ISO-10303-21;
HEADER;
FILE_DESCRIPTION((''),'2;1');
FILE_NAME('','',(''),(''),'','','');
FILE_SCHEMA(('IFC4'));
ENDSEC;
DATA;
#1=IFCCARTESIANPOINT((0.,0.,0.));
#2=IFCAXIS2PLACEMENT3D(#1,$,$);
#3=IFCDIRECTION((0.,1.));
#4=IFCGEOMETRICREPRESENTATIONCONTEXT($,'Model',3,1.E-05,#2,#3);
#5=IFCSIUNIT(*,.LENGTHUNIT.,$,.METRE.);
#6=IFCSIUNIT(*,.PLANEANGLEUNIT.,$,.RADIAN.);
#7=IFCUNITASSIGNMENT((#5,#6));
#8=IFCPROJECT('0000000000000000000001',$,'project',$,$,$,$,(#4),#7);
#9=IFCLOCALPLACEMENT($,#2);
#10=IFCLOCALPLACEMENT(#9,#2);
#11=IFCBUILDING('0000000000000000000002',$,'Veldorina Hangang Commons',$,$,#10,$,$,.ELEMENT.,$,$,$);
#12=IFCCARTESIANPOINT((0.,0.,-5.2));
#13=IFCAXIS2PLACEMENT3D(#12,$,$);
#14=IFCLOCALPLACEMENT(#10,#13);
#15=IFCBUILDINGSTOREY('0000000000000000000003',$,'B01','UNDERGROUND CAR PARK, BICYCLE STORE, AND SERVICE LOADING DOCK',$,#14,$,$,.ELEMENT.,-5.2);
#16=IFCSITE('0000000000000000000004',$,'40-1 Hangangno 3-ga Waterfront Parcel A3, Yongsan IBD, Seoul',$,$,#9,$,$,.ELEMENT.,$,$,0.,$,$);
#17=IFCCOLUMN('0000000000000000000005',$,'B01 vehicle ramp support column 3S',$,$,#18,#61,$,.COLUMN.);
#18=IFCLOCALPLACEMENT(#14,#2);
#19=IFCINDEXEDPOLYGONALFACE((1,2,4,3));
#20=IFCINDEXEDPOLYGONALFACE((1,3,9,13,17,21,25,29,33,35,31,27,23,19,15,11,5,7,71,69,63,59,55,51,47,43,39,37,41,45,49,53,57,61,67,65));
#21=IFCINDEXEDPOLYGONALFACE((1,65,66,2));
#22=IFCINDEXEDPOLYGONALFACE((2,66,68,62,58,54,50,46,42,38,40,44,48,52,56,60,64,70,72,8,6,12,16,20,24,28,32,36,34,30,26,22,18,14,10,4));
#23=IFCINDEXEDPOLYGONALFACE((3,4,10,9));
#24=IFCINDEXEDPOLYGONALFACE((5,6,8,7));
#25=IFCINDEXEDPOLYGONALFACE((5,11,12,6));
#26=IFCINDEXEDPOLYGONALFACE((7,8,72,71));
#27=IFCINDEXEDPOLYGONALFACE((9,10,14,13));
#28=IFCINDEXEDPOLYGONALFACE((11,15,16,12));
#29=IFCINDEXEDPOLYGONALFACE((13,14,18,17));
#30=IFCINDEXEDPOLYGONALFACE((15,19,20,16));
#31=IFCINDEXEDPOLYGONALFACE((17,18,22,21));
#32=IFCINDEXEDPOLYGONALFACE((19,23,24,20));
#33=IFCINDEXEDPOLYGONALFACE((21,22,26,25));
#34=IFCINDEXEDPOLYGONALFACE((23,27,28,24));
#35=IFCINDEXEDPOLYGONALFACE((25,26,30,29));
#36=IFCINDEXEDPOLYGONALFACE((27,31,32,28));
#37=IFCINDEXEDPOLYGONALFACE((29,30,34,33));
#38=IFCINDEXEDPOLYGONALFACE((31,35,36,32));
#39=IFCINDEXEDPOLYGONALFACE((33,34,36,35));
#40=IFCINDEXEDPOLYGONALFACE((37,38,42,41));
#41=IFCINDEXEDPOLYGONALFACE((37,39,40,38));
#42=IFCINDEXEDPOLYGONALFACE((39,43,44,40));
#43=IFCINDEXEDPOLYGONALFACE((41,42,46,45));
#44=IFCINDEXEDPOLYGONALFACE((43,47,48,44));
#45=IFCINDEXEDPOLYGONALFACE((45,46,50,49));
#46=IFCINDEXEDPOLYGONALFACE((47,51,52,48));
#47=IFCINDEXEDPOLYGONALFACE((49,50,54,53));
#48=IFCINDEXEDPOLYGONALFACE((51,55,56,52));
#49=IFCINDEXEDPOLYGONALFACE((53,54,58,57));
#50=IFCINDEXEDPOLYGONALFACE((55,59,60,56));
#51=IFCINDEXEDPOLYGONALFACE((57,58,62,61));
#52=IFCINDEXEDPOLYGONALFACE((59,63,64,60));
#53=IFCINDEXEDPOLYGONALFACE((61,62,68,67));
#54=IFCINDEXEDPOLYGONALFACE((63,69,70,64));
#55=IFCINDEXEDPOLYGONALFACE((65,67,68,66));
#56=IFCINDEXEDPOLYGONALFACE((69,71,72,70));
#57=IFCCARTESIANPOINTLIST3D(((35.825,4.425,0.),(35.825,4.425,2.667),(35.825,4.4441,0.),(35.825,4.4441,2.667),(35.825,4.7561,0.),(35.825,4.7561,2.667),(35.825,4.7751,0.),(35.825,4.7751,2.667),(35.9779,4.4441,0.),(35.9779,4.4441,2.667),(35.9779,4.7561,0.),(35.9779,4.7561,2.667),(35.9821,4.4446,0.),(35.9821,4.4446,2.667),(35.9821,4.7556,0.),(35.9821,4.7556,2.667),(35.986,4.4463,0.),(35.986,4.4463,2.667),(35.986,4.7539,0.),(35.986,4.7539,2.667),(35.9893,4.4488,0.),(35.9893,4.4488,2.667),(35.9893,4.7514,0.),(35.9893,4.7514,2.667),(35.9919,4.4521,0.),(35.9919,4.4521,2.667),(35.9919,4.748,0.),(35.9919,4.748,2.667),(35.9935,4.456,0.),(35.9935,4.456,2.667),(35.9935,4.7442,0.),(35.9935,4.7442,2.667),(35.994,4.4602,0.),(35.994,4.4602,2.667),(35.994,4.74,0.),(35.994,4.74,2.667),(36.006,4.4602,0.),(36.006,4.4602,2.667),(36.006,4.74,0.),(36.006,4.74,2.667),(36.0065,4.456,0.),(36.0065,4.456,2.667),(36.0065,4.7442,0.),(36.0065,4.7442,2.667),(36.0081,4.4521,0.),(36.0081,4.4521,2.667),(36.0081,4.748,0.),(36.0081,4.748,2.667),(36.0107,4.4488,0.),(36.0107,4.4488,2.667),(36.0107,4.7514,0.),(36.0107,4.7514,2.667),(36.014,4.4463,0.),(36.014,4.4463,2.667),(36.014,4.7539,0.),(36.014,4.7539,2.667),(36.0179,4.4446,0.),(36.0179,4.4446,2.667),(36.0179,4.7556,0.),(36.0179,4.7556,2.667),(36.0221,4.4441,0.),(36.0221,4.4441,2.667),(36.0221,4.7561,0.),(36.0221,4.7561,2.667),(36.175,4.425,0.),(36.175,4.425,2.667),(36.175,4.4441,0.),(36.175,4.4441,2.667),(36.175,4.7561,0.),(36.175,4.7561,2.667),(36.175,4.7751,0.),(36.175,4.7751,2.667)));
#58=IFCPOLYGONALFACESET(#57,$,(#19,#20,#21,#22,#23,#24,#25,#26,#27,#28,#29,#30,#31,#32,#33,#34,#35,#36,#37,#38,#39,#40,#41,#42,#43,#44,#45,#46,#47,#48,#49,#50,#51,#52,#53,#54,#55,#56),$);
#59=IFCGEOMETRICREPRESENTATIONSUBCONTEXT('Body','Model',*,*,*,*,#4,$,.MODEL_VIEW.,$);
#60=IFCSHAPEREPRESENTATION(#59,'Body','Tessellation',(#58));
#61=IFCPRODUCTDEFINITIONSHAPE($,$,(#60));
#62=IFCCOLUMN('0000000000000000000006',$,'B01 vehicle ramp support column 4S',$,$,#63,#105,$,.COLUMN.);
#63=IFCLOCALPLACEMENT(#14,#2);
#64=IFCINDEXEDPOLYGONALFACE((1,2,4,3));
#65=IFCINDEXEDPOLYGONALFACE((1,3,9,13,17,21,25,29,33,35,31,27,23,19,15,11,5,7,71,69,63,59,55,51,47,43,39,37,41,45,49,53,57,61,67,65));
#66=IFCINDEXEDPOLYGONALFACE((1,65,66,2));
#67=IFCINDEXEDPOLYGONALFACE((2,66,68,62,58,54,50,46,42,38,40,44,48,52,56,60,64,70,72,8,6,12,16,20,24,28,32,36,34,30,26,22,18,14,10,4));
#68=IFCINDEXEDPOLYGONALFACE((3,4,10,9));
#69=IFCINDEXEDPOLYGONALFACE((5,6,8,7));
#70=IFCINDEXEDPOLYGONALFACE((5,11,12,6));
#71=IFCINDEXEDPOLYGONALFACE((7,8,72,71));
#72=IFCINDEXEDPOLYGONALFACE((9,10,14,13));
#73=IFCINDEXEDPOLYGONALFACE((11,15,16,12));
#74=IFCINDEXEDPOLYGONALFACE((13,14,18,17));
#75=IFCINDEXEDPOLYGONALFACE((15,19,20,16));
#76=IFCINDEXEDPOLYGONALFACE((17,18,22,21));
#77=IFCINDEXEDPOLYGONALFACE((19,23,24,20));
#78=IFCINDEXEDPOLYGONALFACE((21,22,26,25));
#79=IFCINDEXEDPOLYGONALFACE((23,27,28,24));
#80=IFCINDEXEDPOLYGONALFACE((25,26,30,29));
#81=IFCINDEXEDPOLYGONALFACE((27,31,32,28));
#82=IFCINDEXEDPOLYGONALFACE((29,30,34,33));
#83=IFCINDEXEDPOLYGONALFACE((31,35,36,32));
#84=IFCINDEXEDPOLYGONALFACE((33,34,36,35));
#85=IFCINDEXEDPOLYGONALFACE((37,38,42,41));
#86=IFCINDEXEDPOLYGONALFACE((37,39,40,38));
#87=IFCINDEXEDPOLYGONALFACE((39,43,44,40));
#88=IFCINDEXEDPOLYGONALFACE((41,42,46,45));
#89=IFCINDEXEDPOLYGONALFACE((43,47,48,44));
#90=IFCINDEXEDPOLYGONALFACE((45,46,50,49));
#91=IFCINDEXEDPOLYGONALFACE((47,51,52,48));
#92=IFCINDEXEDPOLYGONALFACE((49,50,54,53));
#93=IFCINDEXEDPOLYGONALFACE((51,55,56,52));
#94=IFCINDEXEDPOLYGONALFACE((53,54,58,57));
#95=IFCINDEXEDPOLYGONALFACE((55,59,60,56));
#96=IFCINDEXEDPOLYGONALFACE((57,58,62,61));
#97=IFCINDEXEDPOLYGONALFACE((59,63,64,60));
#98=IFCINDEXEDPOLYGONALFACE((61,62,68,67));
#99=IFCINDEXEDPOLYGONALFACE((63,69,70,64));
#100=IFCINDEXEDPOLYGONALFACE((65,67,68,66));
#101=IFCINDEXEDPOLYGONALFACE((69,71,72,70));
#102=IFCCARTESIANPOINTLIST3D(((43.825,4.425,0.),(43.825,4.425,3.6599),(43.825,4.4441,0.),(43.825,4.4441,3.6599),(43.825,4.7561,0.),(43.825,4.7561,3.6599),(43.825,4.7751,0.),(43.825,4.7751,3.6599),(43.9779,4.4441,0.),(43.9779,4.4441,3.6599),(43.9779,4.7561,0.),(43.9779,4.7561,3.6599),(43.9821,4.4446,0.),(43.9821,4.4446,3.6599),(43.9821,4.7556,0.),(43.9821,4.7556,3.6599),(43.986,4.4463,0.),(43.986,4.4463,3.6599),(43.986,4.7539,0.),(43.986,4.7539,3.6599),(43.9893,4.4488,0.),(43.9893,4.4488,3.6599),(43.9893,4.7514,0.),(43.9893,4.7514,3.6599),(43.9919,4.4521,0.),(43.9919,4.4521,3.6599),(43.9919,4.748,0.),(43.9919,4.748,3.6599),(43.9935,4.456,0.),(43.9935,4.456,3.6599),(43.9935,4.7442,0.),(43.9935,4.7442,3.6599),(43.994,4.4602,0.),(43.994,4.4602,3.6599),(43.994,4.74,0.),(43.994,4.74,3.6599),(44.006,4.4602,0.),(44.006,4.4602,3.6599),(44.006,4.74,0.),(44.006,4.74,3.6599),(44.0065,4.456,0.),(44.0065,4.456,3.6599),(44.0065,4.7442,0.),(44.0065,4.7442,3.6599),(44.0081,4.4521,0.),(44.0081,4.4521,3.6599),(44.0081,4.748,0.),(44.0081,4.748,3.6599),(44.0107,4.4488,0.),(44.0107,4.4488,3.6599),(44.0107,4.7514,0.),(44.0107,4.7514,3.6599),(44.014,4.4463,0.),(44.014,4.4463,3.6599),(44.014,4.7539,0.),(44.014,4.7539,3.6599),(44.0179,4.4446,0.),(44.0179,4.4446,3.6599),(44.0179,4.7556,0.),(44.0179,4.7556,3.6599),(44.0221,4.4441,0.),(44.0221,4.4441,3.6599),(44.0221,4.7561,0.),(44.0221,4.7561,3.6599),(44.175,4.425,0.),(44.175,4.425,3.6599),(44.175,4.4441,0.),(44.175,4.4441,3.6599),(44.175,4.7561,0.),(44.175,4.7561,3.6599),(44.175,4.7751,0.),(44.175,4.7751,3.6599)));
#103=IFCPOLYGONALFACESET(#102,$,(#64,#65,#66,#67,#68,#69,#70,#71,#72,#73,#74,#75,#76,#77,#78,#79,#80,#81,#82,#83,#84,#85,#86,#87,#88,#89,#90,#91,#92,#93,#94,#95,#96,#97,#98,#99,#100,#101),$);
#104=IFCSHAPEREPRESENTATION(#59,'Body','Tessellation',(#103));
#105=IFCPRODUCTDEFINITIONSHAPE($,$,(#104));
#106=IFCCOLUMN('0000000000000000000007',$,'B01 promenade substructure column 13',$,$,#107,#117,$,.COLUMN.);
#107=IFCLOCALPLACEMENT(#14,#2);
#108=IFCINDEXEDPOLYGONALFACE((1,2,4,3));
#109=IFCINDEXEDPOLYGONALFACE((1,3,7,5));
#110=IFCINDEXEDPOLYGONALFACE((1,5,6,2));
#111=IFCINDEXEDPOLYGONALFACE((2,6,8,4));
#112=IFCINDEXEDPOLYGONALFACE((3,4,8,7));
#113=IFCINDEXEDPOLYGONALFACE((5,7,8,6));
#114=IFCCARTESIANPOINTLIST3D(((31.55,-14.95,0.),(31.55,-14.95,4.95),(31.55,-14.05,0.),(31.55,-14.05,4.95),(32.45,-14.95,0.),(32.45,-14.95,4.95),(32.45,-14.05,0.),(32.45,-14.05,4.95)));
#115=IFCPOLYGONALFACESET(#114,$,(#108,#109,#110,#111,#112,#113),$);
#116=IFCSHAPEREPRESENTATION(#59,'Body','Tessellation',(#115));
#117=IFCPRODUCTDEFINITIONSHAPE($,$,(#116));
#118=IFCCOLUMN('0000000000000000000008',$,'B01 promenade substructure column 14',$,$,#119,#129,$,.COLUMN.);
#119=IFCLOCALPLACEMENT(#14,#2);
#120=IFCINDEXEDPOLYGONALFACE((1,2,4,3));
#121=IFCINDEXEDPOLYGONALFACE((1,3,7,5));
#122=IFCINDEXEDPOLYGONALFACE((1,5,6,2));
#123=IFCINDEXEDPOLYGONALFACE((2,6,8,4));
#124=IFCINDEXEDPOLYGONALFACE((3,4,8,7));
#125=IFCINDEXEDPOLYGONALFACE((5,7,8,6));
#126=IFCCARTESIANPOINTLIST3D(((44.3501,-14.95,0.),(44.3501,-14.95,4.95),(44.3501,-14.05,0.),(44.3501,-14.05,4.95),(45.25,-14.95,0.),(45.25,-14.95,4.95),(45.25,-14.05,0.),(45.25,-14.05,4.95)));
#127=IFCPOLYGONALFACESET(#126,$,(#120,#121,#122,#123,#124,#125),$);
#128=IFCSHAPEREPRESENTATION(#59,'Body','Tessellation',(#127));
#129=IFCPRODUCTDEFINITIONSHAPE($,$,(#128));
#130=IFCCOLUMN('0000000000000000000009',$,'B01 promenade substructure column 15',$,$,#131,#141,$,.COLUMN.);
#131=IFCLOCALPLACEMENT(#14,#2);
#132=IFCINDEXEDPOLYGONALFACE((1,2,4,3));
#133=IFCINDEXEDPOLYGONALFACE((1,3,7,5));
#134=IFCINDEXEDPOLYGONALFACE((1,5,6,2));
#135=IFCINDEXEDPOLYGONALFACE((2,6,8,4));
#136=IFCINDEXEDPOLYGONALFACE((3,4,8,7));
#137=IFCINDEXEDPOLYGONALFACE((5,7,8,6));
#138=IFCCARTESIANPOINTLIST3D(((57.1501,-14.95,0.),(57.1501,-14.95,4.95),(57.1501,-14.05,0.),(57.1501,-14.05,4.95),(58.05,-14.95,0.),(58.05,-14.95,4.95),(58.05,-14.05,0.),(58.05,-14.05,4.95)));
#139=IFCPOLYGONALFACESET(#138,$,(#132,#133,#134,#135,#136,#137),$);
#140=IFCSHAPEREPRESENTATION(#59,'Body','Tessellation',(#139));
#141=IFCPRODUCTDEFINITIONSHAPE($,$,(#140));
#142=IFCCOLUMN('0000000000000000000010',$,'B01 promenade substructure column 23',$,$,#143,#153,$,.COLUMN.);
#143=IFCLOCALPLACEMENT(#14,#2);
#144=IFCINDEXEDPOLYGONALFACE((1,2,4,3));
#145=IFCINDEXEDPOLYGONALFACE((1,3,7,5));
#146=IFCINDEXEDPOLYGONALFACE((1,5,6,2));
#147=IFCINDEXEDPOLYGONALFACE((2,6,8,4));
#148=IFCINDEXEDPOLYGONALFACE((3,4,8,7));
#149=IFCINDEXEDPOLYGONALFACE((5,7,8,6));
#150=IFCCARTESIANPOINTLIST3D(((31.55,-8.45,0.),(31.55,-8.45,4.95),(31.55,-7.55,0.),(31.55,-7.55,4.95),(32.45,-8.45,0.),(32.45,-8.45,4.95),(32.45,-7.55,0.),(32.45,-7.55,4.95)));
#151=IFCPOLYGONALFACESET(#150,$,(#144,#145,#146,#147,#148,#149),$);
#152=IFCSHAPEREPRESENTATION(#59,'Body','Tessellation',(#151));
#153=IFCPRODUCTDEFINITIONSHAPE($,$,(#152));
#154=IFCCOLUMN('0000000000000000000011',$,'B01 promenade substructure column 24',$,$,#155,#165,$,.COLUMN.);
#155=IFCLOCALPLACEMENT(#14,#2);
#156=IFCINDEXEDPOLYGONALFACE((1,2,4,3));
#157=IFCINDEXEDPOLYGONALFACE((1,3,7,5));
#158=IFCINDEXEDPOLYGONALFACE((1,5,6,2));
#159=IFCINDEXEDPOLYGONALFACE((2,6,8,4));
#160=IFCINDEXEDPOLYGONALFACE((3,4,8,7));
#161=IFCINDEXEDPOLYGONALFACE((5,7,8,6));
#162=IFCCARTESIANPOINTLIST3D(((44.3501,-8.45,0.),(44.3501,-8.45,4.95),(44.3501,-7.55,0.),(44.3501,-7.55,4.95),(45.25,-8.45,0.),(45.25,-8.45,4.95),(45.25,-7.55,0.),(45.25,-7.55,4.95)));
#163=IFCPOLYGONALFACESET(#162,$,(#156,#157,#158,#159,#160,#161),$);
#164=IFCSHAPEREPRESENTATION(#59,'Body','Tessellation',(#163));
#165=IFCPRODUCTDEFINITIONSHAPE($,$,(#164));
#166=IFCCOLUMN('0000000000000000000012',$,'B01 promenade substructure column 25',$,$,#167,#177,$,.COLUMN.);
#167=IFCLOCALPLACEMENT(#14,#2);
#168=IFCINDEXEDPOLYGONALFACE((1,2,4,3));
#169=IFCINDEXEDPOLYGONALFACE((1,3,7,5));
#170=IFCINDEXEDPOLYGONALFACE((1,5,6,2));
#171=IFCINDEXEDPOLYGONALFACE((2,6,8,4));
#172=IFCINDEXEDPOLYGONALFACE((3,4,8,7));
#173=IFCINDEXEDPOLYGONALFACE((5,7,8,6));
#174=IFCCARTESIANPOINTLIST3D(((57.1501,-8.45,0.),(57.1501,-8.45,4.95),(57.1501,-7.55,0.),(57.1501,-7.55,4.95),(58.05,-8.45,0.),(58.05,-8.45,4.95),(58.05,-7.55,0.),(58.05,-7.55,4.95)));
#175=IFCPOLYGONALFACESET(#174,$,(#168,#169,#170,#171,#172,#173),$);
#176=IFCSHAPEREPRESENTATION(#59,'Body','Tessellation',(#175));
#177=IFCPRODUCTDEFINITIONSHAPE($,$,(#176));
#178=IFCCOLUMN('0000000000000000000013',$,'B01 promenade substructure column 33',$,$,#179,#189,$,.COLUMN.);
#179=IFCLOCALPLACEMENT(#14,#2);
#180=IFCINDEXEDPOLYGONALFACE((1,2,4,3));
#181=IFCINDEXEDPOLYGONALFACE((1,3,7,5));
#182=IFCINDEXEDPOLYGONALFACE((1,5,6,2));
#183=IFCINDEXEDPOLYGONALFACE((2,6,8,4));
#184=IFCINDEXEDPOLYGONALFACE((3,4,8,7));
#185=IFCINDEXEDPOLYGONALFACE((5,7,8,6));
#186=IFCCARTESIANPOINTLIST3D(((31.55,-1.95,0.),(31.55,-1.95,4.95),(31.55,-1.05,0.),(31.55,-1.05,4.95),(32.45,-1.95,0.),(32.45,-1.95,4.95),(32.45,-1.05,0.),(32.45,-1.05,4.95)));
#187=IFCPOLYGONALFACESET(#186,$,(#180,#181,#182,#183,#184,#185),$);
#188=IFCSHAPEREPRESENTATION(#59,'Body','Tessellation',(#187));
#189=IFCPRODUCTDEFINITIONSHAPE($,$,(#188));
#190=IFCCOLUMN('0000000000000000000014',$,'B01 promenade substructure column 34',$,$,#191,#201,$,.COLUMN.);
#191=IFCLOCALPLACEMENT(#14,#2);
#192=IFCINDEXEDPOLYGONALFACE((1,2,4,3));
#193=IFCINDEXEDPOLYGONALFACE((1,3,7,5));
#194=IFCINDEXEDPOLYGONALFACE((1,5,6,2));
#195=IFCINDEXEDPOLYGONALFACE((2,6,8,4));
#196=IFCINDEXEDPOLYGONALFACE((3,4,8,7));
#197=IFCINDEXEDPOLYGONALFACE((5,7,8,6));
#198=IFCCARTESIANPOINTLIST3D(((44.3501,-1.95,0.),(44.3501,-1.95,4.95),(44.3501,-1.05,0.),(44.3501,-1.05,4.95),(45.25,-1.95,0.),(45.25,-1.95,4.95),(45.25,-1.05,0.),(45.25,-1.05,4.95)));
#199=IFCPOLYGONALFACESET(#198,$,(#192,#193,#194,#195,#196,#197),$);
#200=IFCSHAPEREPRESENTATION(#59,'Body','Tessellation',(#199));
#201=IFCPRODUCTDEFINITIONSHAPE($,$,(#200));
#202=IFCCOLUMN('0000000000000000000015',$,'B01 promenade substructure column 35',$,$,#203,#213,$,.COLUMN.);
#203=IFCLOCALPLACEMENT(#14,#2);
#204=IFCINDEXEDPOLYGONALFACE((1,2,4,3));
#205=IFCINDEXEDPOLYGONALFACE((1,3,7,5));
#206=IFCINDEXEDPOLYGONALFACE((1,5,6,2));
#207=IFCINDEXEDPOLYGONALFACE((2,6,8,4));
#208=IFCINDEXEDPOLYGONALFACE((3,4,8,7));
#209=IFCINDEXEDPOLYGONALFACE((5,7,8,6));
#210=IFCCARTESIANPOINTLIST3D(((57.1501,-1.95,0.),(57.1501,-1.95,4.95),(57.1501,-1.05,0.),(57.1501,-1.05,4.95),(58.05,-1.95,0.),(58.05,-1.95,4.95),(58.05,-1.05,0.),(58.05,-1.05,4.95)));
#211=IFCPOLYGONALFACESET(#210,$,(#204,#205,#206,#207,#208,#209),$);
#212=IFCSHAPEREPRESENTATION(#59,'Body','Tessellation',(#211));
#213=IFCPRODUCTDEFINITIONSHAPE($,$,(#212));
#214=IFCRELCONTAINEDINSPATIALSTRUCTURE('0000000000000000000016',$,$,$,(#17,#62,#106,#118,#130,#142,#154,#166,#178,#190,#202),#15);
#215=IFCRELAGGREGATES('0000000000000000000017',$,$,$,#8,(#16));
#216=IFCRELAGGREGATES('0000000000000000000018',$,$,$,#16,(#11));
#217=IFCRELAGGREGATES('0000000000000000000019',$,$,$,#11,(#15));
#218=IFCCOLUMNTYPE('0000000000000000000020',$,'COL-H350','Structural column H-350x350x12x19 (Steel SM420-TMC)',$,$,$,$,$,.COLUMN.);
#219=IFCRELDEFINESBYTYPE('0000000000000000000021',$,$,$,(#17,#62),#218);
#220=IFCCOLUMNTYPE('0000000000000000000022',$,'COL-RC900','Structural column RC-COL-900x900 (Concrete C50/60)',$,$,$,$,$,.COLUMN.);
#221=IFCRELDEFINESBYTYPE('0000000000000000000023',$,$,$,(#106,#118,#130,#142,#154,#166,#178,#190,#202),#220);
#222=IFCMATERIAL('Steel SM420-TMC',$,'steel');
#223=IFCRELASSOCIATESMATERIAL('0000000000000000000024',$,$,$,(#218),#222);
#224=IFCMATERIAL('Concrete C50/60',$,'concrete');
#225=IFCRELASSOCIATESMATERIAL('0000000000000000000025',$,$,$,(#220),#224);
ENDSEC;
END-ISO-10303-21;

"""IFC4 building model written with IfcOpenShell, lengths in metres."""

from ifc_helpers import new_model, si_unit, direction, frame, origin, origin_2d, place, context, subcontext, project, spatial, rectangle, i_section, extrude, material, material_profile, profile_set, type_object, element, save


model = new_model("IFC4")

# Units and contexts
model_context = context("Model", 3, precision=1e-05, world=origin(), true_north=direction((0.0, 1.0)))
body_context = subcontext(model_context, "Body", "Model", "MODEL_VIEW")
ifc_project = project(units=[si_unit("LENGTHUNIT", "METRE"), si_unit("PLANEANGLEUNIT", "RADIAN")], contexts=[model_context])

# Site, building, storey
site_placement = place(None, origin())
site = spatial("IfcSite", under=ifc_project, at=site_placement, Name="40-1 Hangangno 3-ga Waterfront Parcel A3, Yongsan IBD, Seoul", CompositionType="ELEMENT", RefElevation=0.0)
building_placement = place(site_placement, origin())
building = spatial("IfcBuilding", under=site, at=building_placement, Name="Veldorina Hangang Commons", CompositionType="ELEMENT")
storey_placement = place(building_placement, frame((0.0, 0.0, -5.2)))
storey = spatial("IfcBuildingStorey", under=building, at=storey_placement, Name="B01", Description="UNDERGROUND CAR PARK, BICYCLE STORE, AND SERVICE LOADING DOCK", CompositionType="ELEMENT", Elevation=-5.2)

# Columns
ifc_material_1 = material(Name="Steel SM420-TMC", Category="steel")
ifc_material_profile_1 = material_profile(ifc_material_1, i_section(OverallWidth=0.3501, OverallDepth=0.3501, WebThickness=0.012, FlangeThickness=0.019, FilletRadius=0.0161, at=origin_2d()), Name="H-350x350x12x19")
ifc_profile_set_1 = profile_set([ifc_material_profile_1], Name="Steel SM420-TMC")
column_type_1 = type_object("IfcColumnType", Name="COL-H350", Description="Structural column H-350x350x12x19 (Steel SM420-TMC)", PredefinedType="COLUMN", material=ifc_profile_set_1)
column_1_placement = place(storey_placement, frame((36.0, 4.6001, 0.0), z_axis=(0.0, 0.0, 1.0), x_axis=(1.0, 0.0, 0.0)))
element("IfcColumn", 1, at=column_1_placement, inside=storey, type_object=column_type_1, Name="B01 vehicle ramp support column 3S", PredefinedType="COLUMN", context=body_context, shape_type="SweptSolid", body=[
    extrude(i_section(OverallWidth=0.3501, OverallDepth=0.3501, WebThickness=0.012, FlangeThickness=0.019, FilletRadius=0.0161, at=origin_2d()), origin(), (0.0, 0.0, 1.0), 2.667),
])
column_2_placement = place(storey_placement, frame((44.0, 4.6001, 0.0), z_axis=(0.0, 0.0, 1.0), x_axis=(1.0, 0.0, 0.0)))
element("IfcColumn", 2, at=column_2_placement, inside=storey, type_object=column_type_1, Name="B01 vehicle ramp support column 4S", PredefinedType="COLUMN", context=body_context, shape_type="SweptSolid", body=[
    extrude(i_section(OverallWidth=0.3501, OverallDepth=0.3501, WebThickness=0.012, FlangeThickness=0.019, FilletRadius=0.0161, at=origin_2d()), origin(), (0.0, 0.0, 1.0), 3.6599),
])
ifc_material_2 = material(Name="Concrete C50/60", Category="concrete")
ifc_material_profile_2 = material_profile(ifc_material_2, rectangle(XDim=0.8999, YDim=0.8999, at=origin_2d()), Name="RC-COL-900x900")
ifc_profile_set_2 = profile_set([ifc_material_profile_2], Name="Concrete C50/60")
column_type_2 = type_object("IfcColumnType", Name="COL-RC900", Description="Structural column RC-COL-900x900 (Concrete C50/60)", PredefinedType="COLUMN", material=ifc_profile_set_2)
for number, where, z_axis, x_axis, name in (
    (3, (32.0, -14.5, 0.0), (0.0, 0.0, 1.0), (1.0, 0.0, 0.0), "B01 promenade substructure column 13"),
    (4, (44.8, -14.5, 0.0), (0.0, 0.0, 1.0), (1.0, 0.0, 0.0), "B01 promenade substructure column 14"),
    (5, (57.6001, -14.5, 0.0), (0.0, 0.0, 1.0), (1.0, 0.0, 0.0), "B01 promenade substructure column 15"),
    (6, (32.0, -8.0, 0.0), (0.0, 0.0, 1.0), (1.0, 0.0, 0.0), "B01 promenade substructure column 23"),
    (7, (44.8, -8.0, 0.0), (0.0, 0.0, 1.0), (1.0, 0.0, 0.0), "B01 promenade substructure column 24"),
    (8, (57.6001, -8.0, 0.0), (0.0, 0.0, 1.0), (1.0, 0.0, 0.0), "B01 promenade substructure column 25"),
    (9, (32.0, -1.5, 0.0), (0.0, 0.0, 1.0), (1.0, 0.0, 0.0), "B01 promenade substructure column 33"),
    (10, (44.8, -1.5, 0.0), (0.0, 0.0, 1.0), (1.0, 0.0, 0.0), "B01 promenade substructure column 34"),
    (11, (57.6001, -1.5, 0.0), (0.0, 0.0, 1.0), (1.0, 0.0, 0.0), "B01 promenade substructure column 35"),
):
    element("IfcColumn", number, at=place(storey_placement, frame(where, z_axis=z_axis, x_axis=x_axis)), inside=storey, type_object=column_type_2, Name=name, PredefinedType="COLUMN", context=body_context, shape_type="SweptSolid", body=[
        extrude(rectangle(XDim=0.8999, YDim=0.8999, at=origin_2d()), origin(), (0.0, 0.0, 1.0), 4.95),
    ])

save(model, "model.ifc")
